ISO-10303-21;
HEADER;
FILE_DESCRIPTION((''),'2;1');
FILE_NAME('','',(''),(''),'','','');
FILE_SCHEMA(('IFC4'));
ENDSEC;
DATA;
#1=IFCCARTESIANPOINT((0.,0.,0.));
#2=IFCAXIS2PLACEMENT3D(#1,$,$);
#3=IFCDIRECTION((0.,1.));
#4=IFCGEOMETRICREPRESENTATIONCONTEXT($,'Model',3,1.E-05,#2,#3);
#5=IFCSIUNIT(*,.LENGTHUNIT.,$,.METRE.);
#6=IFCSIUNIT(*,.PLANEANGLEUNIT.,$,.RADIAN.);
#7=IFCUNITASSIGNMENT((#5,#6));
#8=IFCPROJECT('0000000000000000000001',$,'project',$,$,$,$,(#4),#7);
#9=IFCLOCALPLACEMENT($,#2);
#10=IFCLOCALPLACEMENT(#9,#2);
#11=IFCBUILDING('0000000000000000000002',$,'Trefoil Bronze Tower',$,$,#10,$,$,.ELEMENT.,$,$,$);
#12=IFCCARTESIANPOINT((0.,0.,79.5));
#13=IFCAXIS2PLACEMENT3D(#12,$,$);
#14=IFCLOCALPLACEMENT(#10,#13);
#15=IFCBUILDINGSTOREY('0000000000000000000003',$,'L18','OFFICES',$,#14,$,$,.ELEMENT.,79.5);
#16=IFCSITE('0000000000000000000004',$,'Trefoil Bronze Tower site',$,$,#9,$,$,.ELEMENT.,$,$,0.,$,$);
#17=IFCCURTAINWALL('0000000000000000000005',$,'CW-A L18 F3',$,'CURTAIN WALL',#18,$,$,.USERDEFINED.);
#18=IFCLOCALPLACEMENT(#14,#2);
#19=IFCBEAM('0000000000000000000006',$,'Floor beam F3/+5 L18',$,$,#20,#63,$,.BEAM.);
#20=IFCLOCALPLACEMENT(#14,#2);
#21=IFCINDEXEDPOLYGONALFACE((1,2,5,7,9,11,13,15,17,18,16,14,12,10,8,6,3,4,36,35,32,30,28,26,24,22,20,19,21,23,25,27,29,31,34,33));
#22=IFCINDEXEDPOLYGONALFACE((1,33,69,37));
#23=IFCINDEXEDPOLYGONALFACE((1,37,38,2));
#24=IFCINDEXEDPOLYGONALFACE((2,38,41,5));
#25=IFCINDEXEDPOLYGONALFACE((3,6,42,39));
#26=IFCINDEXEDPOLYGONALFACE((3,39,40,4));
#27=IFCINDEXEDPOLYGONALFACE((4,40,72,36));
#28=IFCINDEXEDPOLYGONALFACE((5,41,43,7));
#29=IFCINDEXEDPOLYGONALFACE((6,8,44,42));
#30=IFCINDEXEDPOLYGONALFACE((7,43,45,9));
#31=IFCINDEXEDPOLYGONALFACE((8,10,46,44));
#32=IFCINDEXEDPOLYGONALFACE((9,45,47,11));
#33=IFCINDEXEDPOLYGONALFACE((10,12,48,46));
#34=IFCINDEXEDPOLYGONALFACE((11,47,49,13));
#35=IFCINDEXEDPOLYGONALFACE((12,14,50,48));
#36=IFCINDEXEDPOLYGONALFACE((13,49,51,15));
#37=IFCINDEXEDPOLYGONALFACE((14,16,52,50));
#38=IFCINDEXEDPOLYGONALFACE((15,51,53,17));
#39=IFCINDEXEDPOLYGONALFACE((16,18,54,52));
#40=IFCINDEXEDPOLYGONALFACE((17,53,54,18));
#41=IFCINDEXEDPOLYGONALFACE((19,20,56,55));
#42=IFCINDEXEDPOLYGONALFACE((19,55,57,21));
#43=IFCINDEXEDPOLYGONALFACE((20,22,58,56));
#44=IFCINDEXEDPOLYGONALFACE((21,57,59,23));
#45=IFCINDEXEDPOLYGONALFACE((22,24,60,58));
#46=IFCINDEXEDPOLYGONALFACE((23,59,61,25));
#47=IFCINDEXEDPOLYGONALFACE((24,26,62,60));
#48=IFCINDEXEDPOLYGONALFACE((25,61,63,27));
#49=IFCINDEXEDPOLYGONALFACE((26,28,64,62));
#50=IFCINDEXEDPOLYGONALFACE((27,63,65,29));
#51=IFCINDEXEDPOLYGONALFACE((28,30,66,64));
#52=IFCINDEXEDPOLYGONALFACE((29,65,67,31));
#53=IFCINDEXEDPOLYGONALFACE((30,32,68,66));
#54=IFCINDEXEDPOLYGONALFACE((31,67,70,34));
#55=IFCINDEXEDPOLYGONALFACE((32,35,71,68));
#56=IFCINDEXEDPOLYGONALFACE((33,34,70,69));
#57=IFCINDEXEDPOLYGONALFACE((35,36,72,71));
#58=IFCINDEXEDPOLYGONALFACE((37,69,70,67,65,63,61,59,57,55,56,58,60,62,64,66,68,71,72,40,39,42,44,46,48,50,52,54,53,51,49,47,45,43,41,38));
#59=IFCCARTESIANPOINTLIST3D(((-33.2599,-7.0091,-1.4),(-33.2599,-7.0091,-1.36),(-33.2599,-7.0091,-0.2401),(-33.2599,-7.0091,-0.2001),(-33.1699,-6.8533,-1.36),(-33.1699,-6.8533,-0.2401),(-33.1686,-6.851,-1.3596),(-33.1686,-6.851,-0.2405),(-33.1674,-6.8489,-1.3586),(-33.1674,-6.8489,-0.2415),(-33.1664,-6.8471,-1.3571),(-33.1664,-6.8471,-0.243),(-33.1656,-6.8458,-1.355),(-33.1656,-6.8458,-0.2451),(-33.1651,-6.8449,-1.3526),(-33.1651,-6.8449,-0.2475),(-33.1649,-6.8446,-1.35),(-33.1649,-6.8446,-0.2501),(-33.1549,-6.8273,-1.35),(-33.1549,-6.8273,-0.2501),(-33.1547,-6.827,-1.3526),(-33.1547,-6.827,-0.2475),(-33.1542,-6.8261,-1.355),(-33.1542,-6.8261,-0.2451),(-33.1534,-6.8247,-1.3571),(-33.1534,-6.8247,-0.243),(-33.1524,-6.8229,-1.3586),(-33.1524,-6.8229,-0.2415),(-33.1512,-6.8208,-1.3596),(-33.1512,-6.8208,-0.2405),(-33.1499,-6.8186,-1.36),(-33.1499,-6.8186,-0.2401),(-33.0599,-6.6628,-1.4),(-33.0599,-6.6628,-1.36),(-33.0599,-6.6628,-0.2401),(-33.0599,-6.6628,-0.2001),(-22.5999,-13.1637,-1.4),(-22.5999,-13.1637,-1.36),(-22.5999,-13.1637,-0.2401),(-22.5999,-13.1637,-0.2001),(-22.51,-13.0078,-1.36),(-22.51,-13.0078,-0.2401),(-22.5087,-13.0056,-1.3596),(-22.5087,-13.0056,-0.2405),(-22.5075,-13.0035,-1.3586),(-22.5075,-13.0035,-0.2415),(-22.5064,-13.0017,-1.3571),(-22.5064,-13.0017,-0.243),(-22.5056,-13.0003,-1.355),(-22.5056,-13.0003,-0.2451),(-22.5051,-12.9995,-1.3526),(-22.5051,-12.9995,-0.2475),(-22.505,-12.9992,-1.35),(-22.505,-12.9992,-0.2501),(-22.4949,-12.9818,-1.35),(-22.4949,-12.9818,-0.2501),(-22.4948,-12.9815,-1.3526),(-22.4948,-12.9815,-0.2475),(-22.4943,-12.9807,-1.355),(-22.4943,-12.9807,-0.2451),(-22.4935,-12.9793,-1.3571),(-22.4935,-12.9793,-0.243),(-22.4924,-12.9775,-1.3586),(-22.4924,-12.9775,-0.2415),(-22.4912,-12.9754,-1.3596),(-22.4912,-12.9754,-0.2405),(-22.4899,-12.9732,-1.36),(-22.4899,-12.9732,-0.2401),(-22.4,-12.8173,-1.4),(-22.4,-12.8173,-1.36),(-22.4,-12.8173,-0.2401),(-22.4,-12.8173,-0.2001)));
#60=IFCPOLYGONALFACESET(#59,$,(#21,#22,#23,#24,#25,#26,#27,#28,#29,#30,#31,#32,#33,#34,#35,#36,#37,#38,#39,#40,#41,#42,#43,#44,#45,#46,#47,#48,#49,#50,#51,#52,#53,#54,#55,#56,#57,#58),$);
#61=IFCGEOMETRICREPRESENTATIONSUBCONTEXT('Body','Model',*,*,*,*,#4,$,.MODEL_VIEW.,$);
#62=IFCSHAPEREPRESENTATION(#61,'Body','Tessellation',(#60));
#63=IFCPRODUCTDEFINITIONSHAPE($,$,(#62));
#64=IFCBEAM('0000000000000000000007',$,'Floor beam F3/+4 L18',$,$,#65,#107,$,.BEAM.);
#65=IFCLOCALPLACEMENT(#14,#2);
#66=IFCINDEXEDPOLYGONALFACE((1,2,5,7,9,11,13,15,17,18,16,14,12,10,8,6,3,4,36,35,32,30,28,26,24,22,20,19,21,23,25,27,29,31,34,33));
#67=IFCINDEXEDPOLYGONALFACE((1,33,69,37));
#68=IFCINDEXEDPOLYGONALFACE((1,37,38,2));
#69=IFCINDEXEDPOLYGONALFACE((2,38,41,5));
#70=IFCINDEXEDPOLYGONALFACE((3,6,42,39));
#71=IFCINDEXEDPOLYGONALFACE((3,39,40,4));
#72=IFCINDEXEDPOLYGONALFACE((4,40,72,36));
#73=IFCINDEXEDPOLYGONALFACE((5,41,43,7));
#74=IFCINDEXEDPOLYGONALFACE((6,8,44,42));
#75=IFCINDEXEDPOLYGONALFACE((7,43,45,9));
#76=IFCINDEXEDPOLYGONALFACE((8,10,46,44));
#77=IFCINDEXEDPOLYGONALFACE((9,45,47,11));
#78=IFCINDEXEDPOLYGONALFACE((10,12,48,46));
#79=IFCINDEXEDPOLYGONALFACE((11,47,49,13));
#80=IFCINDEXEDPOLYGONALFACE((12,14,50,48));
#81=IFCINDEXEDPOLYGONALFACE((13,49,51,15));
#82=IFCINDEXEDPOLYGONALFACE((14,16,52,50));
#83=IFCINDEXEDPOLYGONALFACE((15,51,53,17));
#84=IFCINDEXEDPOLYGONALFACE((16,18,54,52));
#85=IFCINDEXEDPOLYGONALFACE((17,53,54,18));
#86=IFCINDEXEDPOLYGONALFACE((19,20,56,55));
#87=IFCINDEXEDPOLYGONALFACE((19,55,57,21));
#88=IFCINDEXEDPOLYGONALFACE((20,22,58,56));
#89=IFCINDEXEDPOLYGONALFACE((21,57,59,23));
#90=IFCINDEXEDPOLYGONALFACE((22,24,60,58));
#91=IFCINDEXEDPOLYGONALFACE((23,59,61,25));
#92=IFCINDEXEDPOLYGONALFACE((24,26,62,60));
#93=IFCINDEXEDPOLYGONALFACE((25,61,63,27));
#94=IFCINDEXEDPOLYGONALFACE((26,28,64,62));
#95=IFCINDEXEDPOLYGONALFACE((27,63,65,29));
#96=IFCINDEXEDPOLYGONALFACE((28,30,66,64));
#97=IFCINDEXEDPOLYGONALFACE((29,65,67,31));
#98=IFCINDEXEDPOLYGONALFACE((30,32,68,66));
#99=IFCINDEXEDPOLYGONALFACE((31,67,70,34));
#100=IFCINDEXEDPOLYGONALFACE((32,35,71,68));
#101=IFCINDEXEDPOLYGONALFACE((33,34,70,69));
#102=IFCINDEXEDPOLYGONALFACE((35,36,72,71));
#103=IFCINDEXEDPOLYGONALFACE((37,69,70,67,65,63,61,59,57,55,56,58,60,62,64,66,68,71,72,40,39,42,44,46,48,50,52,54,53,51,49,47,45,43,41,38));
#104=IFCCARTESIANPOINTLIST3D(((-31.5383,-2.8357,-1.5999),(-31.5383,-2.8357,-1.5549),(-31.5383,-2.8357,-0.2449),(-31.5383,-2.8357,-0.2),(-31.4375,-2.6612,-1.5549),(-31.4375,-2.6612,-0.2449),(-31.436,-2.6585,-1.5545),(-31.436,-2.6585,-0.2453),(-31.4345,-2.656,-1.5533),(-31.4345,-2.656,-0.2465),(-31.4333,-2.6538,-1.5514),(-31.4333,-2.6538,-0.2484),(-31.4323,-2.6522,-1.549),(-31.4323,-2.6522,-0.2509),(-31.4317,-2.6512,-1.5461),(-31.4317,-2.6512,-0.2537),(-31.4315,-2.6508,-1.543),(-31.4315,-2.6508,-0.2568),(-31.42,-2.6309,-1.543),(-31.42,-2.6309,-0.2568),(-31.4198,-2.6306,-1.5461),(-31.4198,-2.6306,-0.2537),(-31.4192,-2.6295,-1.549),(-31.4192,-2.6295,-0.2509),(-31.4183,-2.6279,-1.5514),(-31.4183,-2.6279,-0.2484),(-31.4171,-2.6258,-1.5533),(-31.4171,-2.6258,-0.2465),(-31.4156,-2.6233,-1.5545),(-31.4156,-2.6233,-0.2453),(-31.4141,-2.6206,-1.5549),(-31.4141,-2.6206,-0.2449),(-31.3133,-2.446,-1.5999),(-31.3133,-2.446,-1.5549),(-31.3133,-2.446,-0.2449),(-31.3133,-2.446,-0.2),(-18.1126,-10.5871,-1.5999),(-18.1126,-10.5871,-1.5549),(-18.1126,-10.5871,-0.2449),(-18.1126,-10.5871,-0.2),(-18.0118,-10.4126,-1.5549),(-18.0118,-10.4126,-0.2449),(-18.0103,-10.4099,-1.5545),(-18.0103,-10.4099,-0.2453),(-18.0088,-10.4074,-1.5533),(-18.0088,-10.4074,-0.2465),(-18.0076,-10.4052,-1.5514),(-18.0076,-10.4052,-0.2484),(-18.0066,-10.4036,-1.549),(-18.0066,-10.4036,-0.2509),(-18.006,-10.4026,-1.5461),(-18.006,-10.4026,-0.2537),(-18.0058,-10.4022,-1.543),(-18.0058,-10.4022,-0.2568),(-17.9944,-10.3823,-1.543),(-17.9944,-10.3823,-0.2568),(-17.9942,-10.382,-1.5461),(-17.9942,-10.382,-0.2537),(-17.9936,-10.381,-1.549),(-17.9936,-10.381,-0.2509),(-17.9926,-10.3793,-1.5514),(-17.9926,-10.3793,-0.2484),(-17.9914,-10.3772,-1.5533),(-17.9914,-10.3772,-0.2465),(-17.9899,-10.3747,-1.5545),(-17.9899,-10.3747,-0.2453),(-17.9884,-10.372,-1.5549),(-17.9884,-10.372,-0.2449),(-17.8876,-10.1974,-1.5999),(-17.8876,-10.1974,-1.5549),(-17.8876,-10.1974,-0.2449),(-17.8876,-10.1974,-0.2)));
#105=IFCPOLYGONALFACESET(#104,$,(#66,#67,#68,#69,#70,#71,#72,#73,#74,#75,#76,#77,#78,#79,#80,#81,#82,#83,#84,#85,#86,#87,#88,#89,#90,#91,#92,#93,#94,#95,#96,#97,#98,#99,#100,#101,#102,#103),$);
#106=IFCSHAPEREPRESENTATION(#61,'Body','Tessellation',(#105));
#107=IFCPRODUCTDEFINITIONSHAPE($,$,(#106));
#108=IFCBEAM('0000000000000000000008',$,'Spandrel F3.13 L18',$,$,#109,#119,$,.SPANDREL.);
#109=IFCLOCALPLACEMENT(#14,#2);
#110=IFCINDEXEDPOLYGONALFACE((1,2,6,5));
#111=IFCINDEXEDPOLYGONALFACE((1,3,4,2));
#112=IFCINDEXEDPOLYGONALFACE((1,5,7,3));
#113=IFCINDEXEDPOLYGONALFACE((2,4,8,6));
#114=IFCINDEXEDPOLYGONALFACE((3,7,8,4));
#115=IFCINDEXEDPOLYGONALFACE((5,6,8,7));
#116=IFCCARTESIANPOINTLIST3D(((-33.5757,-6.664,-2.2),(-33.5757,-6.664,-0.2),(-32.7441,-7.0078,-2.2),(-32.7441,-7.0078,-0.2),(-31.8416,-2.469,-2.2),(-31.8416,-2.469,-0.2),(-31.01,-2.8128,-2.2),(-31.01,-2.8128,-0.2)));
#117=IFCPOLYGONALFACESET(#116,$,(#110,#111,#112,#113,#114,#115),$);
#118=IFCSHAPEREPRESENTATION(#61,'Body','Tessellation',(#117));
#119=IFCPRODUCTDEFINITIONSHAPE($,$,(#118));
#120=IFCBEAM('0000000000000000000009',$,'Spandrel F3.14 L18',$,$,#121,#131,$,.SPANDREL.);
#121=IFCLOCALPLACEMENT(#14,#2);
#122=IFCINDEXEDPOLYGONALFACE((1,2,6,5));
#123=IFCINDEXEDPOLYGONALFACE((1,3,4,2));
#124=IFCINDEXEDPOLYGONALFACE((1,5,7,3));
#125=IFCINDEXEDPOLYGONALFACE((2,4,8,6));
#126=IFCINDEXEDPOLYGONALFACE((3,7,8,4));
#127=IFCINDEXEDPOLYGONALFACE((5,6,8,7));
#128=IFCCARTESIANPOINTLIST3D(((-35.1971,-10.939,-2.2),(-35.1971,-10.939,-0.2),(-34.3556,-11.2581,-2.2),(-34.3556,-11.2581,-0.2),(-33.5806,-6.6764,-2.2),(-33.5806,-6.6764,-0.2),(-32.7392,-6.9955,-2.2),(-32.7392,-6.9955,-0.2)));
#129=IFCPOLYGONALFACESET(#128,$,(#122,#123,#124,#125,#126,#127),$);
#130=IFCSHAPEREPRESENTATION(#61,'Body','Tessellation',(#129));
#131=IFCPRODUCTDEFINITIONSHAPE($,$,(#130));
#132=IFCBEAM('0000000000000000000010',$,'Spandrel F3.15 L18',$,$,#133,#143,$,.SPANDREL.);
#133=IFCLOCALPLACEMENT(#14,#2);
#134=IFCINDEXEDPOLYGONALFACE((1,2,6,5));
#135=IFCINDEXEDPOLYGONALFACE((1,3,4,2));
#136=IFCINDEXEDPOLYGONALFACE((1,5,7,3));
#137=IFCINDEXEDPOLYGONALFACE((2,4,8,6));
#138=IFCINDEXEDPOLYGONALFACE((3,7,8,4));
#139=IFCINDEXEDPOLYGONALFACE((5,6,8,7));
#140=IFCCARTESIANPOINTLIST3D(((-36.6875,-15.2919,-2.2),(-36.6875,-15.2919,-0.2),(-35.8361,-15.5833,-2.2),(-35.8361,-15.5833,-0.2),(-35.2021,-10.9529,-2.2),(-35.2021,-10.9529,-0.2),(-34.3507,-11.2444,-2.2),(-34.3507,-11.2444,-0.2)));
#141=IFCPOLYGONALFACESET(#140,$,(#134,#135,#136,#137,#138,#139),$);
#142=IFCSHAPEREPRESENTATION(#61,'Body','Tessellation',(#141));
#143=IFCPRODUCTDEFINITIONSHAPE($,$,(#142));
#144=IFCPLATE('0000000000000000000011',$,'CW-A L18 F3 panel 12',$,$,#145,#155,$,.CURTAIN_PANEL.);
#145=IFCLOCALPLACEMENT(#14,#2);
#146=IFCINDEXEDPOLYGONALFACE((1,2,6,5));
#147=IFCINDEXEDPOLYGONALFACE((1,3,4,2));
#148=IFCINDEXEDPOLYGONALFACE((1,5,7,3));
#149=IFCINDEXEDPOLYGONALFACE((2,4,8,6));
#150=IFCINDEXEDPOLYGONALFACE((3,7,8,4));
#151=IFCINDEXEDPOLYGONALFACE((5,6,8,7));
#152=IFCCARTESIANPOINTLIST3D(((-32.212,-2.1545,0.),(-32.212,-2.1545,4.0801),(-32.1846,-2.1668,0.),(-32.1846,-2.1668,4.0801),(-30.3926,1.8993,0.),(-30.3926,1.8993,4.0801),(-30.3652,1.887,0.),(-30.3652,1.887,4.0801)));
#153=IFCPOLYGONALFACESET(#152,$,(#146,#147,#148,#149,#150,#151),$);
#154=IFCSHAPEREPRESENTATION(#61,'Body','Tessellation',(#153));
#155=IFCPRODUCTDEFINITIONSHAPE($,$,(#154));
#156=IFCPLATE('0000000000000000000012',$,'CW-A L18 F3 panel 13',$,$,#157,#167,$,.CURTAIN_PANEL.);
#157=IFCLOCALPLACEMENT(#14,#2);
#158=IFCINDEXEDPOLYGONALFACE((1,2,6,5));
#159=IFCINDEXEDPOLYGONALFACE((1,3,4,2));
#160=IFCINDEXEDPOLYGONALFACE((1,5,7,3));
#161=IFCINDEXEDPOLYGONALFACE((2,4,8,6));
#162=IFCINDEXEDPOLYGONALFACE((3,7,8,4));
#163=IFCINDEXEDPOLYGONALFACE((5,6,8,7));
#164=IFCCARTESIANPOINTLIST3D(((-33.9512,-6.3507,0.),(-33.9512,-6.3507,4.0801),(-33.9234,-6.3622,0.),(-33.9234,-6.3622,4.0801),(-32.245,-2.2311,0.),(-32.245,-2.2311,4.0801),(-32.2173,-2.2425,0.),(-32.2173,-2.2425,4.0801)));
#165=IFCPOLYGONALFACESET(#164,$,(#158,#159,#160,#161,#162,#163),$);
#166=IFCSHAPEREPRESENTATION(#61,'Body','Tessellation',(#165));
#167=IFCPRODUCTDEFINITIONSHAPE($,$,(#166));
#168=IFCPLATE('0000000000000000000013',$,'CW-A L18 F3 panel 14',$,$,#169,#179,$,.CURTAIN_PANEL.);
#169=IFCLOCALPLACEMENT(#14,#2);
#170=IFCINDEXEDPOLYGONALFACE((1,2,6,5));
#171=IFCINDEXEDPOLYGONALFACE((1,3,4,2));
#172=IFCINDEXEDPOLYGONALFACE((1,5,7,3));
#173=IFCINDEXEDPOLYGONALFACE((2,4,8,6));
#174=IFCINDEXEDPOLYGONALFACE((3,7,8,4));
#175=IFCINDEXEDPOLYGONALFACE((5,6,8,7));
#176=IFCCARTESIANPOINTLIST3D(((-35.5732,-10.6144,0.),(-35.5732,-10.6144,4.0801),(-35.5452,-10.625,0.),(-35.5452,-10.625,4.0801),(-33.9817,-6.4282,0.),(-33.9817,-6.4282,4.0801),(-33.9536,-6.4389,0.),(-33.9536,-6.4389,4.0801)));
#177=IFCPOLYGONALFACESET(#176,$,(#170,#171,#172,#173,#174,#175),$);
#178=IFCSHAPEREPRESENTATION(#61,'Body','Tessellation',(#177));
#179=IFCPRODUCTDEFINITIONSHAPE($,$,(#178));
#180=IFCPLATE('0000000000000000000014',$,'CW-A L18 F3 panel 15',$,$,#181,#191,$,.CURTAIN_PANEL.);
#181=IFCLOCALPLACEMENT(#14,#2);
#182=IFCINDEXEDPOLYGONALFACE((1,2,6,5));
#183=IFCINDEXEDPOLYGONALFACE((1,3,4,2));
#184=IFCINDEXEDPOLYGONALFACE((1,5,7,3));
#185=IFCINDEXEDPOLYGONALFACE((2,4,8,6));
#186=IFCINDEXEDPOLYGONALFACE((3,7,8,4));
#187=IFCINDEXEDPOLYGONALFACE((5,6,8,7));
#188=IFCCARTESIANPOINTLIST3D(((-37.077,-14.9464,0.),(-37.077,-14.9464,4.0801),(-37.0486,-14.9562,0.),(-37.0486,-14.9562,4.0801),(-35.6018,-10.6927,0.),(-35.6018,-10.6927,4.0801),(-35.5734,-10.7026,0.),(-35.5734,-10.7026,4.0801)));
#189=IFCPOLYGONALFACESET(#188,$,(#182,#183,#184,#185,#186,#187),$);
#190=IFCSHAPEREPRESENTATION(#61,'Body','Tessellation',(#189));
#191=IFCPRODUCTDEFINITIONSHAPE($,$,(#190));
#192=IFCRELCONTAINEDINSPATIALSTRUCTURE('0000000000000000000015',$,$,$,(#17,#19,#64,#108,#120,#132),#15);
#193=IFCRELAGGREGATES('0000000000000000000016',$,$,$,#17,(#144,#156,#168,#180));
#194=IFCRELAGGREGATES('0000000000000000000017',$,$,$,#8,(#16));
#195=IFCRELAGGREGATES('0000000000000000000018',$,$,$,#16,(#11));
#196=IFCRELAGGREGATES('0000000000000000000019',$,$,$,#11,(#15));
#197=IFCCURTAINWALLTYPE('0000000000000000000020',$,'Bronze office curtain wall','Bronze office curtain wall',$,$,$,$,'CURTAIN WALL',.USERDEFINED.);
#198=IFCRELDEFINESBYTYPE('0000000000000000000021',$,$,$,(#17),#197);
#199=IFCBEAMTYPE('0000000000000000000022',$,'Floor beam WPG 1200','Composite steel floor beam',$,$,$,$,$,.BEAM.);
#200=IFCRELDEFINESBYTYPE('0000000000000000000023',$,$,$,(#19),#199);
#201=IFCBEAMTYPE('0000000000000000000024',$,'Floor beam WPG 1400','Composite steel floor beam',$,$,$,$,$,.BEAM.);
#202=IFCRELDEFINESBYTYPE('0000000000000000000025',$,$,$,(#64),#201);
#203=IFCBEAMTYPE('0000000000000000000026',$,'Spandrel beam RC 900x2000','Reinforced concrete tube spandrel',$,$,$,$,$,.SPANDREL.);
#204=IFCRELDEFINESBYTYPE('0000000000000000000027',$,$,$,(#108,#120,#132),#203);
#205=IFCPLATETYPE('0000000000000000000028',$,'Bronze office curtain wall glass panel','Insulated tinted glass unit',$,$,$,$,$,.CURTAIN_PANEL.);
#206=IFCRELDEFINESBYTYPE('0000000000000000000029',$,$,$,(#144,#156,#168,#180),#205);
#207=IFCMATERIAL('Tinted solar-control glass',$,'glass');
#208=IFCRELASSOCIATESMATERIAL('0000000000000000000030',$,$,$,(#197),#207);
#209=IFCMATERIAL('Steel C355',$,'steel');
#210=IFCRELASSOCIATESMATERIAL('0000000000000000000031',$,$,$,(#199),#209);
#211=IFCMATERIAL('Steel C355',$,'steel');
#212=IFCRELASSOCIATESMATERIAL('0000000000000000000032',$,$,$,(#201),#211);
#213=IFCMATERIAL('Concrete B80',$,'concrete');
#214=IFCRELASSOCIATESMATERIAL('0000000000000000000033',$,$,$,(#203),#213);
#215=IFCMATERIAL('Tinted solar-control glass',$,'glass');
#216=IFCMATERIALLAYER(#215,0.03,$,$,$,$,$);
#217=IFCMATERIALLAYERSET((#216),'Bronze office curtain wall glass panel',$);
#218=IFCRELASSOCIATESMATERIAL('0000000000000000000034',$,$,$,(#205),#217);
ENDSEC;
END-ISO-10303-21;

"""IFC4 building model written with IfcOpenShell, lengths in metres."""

from ifc_helpers import new_model, si_unit, direction, frame, origin, origin_2d, place, context, subcontext, project, spatial, rectangle, i_section, extrude, material, layer, layer_set, material_profile, profile_set, type_object, element, aggregate, save


model = new_model("IFC4")

# Units and contexts
model_context = context("Model", 3, precision=1e-05, world=origin(), true_north=direction((0.0, 1.0)))
body_context = subcontext(model_context, "Body", "Model", "MODEL_VIEW")
ifc_project = project(units=[si_unit("LENGTHUNIT", "METRE"), si_unit("PLANEANGLEUNIT", "RADIAN")], contexts=[model_context])

# Site, building, storey
site_placement = place(None, origin())
site = spatial("IfcSite", under=ifc_project, at=site_placement, Name="Trefoil Bronze Tower site", CompositionType="ELEMENT", RefElevation=0.0)
building_placement = place(site_placement, origin())
building = spatial("IfcBuilding", under=site, at=building_placement, Name="Trefoil Bronze Tower", CompositionType="ELEMENT")
storey_placement = place(building_placement, frame((0.0, 0.0, 79.5)))
storey = spatial("IfcBuildingStorey", under=building, at=storey_placement, Name="L18", Description="OFFICES", CompositionType="ELEMENT", Elevation=79.5)

# Curtain wall
ifc_material_1 = material(Name="Tinted solar-control glass", Category="glass")
curtain_wall_type_1 = type_object("IfcCurtainWallType", Name="Bronze office curtain wall", Description="Bronze office curtain wall", ElementType="CURTAIN WALL", PredefinedType="USERDEFINED", material=ifc_material_1)
curtain_wall_1_placement = place(storey_placement, origin())
curtain_wall_1 = element("IfcCurtainWall", 1, at=curtain_wall_1_placement, inside=storey, type_object=curtain_wall_type_1, Name="CW-A L18 F3", ObjectType="CURTAIN WALL", PredefinedType="USERDEFINED")

# Beams
ifc_material_2 = material(Name="Steel C355", Category="steel")
ifc_material_profile_1 = material_profile(ifc_material_2, i_section(OverallWidth=0.3999, OverallDepth=1.2, WebThickness=0.02, FlangeThickness=0.04, FilletRadius=0.01, at=origin_2d()), Name="WPG 1200")
ifc_profile_set_1 = profile_set([ifc_material_profile_1], Name="Steel C355")
beam_type_1 = type_object("IfcBeamType", Name="Floor beam WPG 1200", Description="Composite steel floor beam", PredefinedType="BEAM", material=ifc_profile_set_1)
beam_1_placement = place(storey_placement, frame((-33.1599, -6.8359, -0.8), z_axis=(0.866024, -0.500002, 0.0), x_axis=(0.500002, 0.866024, 0.0)))
element("IfcBeam", 2, at=beam_1_placement, inside=storey, type_object=beam_type_1, Name="Floor beam F3/+5 L18", PredefinedType="BEAM", context=body_context, shape_type="SweptSolid", body=[
    extrude(i_section(OverallWidth=0.3999, OverallDepth=1.2, WebThickness=0.02, FlangeThickness=0.04, FilletRadius=0.01, at=origin_2d()), origin(), (0.0, 0.0, 1.0), 12.3091),
])
ifc_material_3 = material(Name="Steel C355", Category="steel")
ifc_material_profile_2 = material_profile(ifc_material_3, i_section(OverallWidth=0.45, OverallDepth=1.3999, WebThickness=0.0229, FlangeThickness=0.0449, FilletRadius=0.012, at=origin_2d()), Name="WPG 1400")
ifc_profile_set_2 = profile_set([ifc_material_profile_2], Name="Steel C355")
beam_type_2 = type_object("IfcBeamType", Name="Floor beam WPG 1400", Description="Composite steel floor beam", PredefinedType="BEAM", material=ifc_profile_set_2)
beam_2_placement = place(storey_placement, frame((-31.4258, -2.6409, -0.8999), z_axis=(0.866023, -0.500004, 0.0), x_axis=(0.500004, 0.866023, 0.0)))
element("IfcBeam", 3, at=beam_2_placement, inside=storey, type_object=beam_type_2, Name="Floor beam F3/+4 L18", PredefinedType="BEAM", context=body_context, shape_type="SweptSolid", body=[
    extrude(i_section(OverallWidth=0.45, OverallDepth=1.3999, WebThickness=0.0229, FlangeThickness=0.0449, FilletRadius=0.012, at=origin_2d()), origin(), (0.0, 0.0, 1.0), 15.5027),
])
ifc_material_4 = material(Name="Concrete B80", Category="concrete")
ifc_material_profile_3 = material_profile(ifc_material_4, rectangle(XDim=0.8999, YDim=2.0, at=origin_2d()), Name="RC 900x2000")
ifc_profile_set_3 = profile_set([ifc_material_profile_3], Name="Concrete B80")
beam_type_3 = type_object("IfcBeamType", Name="Spandrel beam RC 900x2000", Description="Reinforced concrete tube spandrel", PredefinedType="SPANDREL", material=ifc_profile_set_3)
beam_3_placement = place(storey_placement, frame((-31.4258, -2.6409, -1.2), z_axis=(-0.382021, -0.924154, 0.0), x_axis=(0.924154, -0.382021, 0.0)))
element("IfcBeam", 4, at=beam_3_placement, inside=storey, type_object=beam_type_3, Name="Spandrel F3.13 L18", PredefinedType="SPANDREL", context=body_context, shape_type="SweptSolid", body=[
    extrude(rectangle(XDim=0.8999, YDim=2.0, at=origin_2d()), origin(), (0.0, 0.0, 1.0), 4.5393),
])
beam_4_placement = place(storey_placement, frame((-33.1599, -6.8359, -1.2), z_axis=(-0.354572, -0.935029, 0.0), x_axis=(0.935029, -0.354572, 0.0)))
element("IfcBeam", 5, at=beam_4_placement, inside=storey, type_object=beam_type_3, Name="Spandrel F3.14 L18", PredefinedType="SPANDREL", context=body_context, shape_type="SweptSolid", body=[
    extrude(rectangle(XDim=0.8999, YDim=2.0, at=origin_2d()), origin(), (0.0, 0.0, 1.0), 4.5588),
])
beam_5_placement = place(storey_placement, frame((-34.7764, -11.0986, -1.2), z_axis=(-0.323883, -0.946097, 0.0), x_axis=(0.946097, -0.323883, 0.0)))
element("IfcBeam", 6, at=beam_5_placement, inside=storey, type_object=beam_type_3, Name="Spandrel F3.15 L18", PredefinedType="SPANDREL", context=body_context, shape_type="SweptSolid", body=[
    extrude(rectangle(XDim=0.8999, YDim=2.0, at=origin_2d()), origin(), (0.0, 0.0, 1.0), 4.5862),
])

# Plates
ifc_material_5 = material(Name="Tinted solar-control glass", Category="glass")
ifc_layer_1 = layer(ifc_material_5, 0.03)
ifc_layer_set_1 = layer_set([ifc_layer_1], Name="Bronze office curtain wall glass panel")
plate_type_1 = type_object("IfcPlateType", Name="Bronze office curtain wall glass panel", Description="Insulated tinted glass unit", PredefinedType="CURTAIN_PANEL", material=ifc_layer_set_1)
plate_1_placement = place(storey_placement, frame((-31.2886, -0.1338, 0.0), z_axis=(0.0, 0.0, 1.0), x_axis=(-0.409456, -0.91233, 0.0)))
plate_1 = element("IfcPlate", 7, at=plate_1_placement, type_object=plate_type_1, Name="CW-A L18 F3 panel 12", PredefinedType="CURTAIN_PANEL", context=body_context, shape_type="SweptSolid", body=[
    extrude(rectangle(XDim=4.4434, YDim=0.03, at=origin_2d()), origin(), (0.0, 0.0, 1.0), 4.0801),
])
plate_2_placement = place(storey_placement, frame((-33.0842, -4.2966, 0.0), z_axis=(0.0, 0.0, 1.0), x_axis=(-0.38263, -0.923902, 0.0)))
plate_2 = element("IfcPlate", 8, at=plate_2_placement, type_object=plate_type_1, Name="CW-A L18 F3 panel 13", PredefinedType="CURTAIN_PANEL", context=body_context, shape_type="SweptSolid", body=[
    extrude(rectangle(XDim=4.459, YDim=0.03, at=origin_2d()), origin(), (0.0, 0.0, 1.0), 4.0801),
])
plate_3_placement = place(storey_placement, frame((-34.7634, -8.5266, 0.0), z_axis=(0.0, 0.0, 1.0), x_axis=(-0.355371, -0.934725, 0.0)))
plate_3 = element("IfcPlate", 9, at=plate_3_placement, type_object=plate_type_1, Name="CW-A L18 F3 panel 14", PredefinedType="CURTAIN_PANEL", context=body_context, shape_type="SweptSolid", body=[
    extrude(rectangle(XDim=4.4785, YDim=0.03, at=origin_2d()), origin(), (0.0, 0.0, 1.0), 4.0801),
])
plate_4_placement = place(storey_placement, frame((-36.3252, -12.8245, 0.0), z_axis=(0.0, 0.0, 1.0), x_axis=(-0.327674, -0.944791, 0.0)))
plate_4 = element("IfcPlate", 10, at=plate_4_placement, type_object=plate_type_1, Name="CW-A L18 F3 panel 15", PredefinedType="CURTAIN_PANEL", context=body_context, shape_type="SweptSolid", body=[
    extrude(rectangle(XDim=4.5022, YDim=0.03, at=origin_2d()), origin(), (0.0, 0.0, 1.0), 4.0801),
])
aggregate(curtain_wall_1, [plate_1, plate_2, plate_3, plate_4])

save(model, "model.ifc")
